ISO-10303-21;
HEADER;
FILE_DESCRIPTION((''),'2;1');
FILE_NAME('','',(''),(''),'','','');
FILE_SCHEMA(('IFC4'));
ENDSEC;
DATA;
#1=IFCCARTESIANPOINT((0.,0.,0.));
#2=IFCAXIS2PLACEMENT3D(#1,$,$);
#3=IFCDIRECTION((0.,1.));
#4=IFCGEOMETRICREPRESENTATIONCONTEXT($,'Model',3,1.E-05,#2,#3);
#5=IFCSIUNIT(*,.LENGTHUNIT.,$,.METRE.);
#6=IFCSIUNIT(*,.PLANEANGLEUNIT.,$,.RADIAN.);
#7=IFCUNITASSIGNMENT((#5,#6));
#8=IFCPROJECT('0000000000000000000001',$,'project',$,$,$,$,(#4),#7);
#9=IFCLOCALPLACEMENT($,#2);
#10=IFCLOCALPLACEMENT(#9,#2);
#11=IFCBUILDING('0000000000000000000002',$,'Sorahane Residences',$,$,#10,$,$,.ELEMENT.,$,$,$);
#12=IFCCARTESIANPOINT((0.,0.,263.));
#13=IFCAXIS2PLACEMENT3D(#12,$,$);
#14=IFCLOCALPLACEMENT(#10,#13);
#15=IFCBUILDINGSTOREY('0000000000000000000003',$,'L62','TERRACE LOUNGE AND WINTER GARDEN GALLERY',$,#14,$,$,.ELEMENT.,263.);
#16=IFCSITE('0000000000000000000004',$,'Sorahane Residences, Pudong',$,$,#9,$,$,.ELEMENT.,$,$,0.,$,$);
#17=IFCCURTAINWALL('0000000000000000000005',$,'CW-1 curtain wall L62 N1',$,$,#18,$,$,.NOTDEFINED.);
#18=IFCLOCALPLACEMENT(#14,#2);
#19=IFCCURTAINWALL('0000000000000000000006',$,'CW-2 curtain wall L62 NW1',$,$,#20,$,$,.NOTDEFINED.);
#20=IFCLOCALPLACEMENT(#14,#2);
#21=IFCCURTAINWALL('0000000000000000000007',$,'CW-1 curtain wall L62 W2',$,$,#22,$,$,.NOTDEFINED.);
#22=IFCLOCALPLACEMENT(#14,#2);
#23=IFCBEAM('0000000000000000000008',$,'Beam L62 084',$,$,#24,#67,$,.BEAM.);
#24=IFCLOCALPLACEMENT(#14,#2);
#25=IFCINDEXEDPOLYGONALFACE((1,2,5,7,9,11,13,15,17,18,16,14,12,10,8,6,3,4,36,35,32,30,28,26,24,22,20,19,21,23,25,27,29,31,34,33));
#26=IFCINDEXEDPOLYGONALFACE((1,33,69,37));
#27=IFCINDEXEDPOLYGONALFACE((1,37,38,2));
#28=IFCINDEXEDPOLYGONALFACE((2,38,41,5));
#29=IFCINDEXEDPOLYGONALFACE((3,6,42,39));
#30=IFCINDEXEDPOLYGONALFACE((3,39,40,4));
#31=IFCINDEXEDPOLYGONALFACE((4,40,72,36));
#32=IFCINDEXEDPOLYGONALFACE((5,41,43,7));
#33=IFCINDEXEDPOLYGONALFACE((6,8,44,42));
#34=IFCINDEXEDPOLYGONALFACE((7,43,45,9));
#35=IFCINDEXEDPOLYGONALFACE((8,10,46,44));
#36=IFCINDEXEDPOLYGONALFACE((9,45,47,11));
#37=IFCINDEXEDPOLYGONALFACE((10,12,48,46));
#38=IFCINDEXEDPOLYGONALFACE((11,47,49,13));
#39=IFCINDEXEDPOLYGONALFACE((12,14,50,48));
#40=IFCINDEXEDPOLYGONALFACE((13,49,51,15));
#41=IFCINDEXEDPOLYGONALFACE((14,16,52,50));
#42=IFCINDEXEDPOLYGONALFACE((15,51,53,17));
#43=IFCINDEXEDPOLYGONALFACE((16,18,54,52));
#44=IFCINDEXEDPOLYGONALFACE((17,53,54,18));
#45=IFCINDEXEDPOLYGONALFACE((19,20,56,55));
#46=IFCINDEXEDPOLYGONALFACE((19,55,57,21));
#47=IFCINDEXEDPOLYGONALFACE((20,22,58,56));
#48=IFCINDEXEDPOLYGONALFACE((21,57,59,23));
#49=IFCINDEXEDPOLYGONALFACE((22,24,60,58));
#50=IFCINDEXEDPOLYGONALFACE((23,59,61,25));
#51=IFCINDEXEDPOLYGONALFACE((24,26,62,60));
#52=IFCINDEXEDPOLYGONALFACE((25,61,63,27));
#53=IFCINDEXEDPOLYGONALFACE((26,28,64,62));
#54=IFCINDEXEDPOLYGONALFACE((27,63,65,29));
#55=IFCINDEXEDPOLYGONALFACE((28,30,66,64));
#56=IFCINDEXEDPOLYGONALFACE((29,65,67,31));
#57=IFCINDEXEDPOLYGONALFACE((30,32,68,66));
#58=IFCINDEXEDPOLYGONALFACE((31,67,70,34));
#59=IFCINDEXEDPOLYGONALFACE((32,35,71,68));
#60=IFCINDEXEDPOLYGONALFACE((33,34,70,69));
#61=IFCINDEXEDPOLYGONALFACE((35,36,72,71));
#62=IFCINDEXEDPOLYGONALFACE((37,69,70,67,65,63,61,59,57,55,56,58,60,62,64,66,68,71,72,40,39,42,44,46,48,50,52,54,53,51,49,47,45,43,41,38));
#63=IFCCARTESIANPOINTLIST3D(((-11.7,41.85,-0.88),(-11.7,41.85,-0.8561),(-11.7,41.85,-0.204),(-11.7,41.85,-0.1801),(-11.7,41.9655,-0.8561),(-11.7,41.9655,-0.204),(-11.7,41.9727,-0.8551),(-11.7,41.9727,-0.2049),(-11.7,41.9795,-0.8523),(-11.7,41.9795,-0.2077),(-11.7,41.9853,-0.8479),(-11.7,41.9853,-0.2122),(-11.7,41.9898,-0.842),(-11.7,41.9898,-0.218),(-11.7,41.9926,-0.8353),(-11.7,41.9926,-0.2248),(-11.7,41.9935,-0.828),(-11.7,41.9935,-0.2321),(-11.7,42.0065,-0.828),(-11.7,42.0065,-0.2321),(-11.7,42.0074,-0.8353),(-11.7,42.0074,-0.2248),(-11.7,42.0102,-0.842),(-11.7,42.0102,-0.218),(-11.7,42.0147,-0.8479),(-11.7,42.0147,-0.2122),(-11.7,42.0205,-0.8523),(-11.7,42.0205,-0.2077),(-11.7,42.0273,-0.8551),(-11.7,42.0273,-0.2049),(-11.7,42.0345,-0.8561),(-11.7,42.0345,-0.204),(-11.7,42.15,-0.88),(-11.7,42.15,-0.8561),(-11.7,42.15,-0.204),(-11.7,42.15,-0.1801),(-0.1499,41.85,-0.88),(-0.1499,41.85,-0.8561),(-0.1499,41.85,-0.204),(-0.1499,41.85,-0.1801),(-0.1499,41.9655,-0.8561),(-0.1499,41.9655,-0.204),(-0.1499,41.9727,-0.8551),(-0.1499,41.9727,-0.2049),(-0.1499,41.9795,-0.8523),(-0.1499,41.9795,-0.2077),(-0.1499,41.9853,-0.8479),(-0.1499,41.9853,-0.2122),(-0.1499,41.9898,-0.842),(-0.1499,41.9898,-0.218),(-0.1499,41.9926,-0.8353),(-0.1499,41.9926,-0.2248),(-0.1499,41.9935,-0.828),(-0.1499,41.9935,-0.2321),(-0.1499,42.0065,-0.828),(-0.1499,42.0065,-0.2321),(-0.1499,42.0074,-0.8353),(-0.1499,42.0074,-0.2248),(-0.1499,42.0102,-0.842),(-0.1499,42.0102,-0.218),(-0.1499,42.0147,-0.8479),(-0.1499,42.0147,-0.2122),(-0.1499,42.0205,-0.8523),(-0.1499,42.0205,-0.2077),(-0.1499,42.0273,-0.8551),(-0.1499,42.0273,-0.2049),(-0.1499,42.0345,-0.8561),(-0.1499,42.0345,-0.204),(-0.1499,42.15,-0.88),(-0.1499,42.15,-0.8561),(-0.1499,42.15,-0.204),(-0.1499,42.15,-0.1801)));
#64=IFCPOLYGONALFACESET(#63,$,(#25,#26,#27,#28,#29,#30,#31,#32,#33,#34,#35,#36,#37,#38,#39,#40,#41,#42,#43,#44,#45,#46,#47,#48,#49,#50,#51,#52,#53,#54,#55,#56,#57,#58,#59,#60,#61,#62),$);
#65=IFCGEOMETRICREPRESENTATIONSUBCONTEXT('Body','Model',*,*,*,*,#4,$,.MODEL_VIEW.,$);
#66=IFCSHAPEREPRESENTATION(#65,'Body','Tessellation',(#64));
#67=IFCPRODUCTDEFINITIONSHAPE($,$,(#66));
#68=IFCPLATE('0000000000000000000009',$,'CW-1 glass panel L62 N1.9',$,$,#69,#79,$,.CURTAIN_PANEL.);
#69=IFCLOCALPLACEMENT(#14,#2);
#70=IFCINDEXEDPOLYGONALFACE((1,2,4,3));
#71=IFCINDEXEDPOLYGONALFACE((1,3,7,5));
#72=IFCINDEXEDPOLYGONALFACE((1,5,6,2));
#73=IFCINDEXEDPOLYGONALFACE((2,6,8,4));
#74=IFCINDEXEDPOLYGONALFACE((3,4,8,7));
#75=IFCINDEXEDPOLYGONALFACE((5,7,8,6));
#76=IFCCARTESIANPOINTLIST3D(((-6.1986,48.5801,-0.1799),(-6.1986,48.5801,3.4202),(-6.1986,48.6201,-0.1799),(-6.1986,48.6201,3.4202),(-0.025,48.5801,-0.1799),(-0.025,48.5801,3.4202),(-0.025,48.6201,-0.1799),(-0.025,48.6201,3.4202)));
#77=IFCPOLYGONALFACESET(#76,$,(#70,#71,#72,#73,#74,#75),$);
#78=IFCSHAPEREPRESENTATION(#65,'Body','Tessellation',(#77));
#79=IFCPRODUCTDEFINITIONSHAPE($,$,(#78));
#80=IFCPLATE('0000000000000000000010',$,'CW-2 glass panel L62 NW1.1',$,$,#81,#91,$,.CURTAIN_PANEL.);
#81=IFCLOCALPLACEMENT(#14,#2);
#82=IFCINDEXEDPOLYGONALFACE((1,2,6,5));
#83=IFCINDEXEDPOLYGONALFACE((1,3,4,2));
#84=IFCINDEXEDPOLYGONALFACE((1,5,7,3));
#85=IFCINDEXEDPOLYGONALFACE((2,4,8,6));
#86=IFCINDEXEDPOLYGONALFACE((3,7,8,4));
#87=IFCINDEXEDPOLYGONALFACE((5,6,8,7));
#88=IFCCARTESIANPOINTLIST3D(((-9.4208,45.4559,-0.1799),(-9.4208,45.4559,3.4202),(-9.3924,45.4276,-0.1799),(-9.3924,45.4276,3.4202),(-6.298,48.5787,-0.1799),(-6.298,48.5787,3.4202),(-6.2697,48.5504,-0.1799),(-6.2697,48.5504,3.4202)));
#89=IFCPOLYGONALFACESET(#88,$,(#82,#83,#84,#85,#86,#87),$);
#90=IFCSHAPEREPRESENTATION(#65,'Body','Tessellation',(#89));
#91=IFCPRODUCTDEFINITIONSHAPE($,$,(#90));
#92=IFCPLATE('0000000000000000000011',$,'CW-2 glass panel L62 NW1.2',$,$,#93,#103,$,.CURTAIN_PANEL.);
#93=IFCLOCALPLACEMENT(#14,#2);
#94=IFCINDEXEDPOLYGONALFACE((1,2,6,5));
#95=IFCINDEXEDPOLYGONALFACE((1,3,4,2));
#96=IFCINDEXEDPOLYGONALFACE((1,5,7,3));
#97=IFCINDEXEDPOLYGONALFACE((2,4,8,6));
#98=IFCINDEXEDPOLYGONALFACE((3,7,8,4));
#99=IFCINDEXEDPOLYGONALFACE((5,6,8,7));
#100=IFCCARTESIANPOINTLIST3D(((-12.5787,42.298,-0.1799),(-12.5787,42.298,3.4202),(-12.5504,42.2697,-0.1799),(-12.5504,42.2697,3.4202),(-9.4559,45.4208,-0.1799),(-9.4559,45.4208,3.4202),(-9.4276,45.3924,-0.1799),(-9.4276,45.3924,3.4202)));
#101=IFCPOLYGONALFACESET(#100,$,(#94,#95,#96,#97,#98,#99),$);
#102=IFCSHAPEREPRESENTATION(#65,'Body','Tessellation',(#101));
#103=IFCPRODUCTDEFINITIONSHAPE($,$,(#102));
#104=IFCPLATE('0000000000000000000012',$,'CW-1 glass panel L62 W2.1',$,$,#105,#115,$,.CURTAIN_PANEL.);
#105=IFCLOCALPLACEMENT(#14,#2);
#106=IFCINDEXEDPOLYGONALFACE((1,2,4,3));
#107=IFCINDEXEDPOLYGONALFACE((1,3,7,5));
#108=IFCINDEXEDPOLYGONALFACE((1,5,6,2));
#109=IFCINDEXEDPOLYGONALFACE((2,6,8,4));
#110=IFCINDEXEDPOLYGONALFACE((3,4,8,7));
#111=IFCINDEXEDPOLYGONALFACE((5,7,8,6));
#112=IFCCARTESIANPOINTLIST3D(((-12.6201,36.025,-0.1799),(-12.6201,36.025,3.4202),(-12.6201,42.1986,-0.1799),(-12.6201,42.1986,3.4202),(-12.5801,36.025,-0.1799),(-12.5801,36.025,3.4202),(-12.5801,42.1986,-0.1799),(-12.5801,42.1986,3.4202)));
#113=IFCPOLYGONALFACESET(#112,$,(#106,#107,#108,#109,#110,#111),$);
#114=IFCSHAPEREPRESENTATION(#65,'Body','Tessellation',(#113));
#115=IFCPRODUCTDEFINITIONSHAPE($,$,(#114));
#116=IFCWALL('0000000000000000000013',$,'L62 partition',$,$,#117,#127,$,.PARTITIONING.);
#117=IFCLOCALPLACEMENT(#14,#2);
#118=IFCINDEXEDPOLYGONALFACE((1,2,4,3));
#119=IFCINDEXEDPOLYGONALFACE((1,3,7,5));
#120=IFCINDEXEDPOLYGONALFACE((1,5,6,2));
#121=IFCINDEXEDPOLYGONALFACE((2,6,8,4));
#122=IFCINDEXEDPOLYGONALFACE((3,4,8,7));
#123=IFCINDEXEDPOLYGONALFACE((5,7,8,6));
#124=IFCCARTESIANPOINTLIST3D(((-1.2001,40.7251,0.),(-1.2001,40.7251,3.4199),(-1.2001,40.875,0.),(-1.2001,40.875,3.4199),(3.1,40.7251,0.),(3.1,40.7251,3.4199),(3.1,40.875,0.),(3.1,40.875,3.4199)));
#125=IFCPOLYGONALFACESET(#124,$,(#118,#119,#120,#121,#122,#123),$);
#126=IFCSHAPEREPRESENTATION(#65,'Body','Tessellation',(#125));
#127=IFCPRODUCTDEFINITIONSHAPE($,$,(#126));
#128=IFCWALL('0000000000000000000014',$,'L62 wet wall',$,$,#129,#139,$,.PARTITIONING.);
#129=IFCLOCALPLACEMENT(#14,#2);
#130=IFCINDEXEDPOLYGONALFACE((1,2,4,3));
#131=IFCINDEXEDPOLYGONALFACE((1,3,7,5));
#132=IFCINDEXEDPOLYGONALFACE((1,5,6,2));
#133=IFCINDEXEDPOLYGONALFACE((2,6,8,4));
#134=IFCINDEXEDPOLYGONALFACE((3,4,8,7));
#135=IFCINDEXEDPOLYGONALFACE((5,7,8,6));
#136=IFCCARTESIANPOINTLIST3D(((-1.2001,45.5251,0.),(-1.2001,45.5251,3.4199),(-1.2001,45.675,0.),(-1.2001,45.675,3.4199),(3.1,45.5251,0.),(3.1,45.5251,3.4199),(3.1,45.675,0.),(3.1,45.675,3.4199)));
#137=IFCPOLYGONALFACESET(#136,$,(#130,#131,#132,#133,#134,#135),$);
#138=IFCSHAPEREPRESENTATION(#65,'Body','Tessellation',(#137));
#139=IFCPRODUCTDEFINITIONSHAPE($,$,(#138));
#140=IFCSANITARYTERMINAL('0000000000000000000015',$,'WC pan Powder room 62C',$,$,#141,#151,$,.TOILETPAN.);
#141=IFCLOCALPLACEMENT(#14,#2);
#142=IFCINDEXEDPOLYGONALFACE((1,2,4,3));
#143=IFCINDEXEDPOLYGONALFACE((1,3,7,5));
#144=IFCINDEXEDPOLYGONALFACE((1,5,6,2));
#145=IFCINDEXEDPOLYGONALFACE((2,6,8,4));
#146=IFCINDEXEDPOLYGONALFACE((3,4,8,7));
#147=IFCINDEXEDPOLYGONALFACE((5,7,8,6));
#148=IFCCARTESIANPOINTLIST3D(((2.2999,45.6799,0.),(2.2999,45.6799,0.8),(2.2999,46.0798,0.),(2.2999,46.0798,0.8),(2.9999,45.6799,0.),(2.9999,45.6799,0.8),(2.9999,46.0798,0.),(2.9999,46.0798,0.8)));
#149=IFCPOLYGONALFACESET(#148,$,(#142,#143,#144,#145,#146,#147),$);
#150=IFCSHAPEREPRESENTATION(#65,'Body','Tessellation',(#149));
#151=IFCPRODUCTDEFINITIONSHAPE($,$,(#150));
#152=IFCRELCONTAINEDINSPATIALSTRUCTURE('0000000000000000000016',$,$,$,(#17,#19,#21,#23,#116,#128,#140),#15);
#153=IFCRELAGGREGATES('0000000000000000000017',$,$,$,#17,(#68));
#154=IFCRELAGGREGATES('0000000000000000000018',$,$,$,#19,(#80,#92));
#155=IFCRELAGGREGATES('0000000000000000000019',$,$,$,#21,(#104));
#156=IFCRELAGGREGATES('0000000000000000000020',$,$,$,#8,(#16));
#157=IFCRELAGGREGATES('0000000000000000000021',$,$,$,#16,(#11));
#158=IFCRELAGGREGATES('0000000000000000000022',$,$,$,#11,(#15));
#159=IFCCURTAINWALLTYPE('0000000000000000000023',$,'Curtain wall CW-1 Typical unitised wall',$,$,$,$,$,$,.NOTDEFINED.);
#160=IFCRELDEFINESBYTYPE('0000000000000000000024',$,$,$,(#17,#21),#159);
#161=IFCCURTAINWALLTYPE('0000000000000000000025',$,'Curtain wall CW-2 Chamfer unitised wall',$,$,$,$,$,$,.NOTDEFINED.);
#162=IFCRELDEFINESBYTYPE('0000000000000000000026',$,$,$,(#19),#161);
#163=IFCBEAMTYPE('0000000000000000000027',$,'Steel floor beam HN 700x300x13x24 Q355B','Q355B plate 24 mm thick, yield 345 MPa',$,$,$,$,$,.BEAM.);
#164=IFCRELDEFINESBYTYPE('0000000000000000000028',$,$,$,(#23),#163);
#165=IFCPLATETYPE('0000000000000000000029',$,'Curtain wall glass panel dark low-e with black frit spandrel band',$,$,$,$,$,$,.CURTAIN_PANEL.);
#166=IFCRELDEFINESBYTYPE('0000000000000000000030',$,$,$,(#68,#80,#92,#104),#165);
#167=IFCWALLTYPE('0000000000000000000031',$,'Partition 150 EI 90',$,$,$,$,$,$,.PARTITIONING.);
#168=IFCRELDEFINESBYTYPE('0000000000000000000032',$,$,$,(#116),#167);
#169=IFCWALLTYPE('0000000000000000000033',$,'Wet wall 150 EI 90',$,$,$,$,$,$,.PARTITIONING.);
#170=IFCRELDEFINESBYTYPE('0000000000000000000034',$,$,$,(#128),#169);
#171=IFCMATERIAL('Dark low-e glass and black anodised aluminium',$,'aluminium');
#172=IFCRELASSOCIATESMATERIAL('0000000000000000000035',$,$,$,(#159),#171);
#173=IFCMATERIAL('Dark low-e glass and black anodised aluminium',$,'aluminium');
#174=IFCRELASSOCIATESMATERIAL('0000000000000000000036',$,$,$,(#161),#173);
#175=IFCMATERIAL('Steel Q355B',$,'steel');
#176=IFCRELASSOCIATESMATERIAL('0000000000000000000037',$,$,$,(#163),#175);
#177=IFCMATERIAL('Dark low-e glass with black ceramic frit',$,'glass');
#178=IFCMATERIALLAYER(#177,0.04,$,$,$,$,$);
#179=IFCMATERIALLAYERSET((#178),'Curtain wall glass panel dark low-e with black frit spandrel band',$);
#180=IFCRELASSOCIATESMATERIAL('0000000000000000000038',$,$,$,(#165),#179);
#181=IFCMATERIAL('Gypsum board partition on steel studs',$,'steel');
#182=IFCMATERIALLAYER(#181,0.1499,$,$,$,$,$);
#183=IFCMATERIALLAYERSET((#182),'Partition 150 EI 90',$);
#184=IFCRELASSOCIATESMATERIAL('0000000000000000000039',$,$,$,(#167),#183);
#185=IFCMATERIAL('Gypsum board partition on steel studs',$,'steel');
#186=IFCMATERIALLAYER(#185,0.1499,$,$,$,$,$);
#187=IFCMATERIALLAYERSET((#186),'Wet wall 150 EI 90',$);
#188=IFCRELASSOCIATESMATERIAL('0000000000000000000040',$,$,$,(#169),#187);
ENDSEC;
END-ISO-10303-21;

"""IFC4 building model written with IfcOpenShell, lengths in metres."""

from ifc_helpers import new_model, si_unit, direction, frame, frame_2d, origin, origin_2d, place, context, subcontext, project, spatial, rectangle, i_section, extrude, material, layer, layer_set, material_profile, profile_set, type_object, element, aggregate, save


model = new_model("IFC4")

# Units and contexts
model_context = context("Model", 3, precision=1e-05, world=origin(), true_north=direction((0.0, 1.0)))
body_context = subcontext(model_context, "Body", "Model", "MODEL_VIEW")
ifc_project = project(units=[si_unit("LENGTHUNIT", "METRE"), si_unit("PLANEANGLEUNIT", "RADIAN")], contexts=[model_context])

# Site, building, storey
site_placement = place(None, origin())
site = spatial("IfcSite", under=ifc_project, at=site_placement, Name="Sorahane Residences, Pudong", CompositionType="ELEMENT", RefElevation=0.0)
building_placement = place(site_placement, origin())
building = spatial("IfcBuilding", under=site, at=building_placement, Name="Sorahane Residences", CompositionType="ELEMENT")
storey_placement = place(building_placement, frame((0.0, 0.0, 263.0)))
storey = spatial("IfcBuildingStorey", under=building, at=storey_placement, Name="L62", Description="TERRACE LOUNGE AND WINTER GARDEN GALLERY", CompositionType="ELEMENT", Elevation=263.0)

# Curtain walls
ifc_material_1 = material(Name="Dark low-e glass and black anodised aluminium", Category="aluminium")
curtain_wall_type_1 = type_object("IfcCurtainWallType", Name="Curtain wall CW-1 Typical unitised wall", PredefinedType="NOTDEFINED", material=ifc_material_1)
curtain_wall_1_placement = place(storey_placement, origin())
curtain_wall_1 = element("IfcCurtainWall", 1, at=curtain_wall_1_placement, inside=storey, type_object=curtain_wall_type_1, Name="CW-1 curtain wall L62 N1", PredefinedType="NOTDEFINED")
ifc_material_2 = material(Name="Dark low-e glass and black anodised aluminium", Category="aluminium")
curtain_wall_type_2 = type_object("IfcCurtainWallType", Name="Curtain wall CW-2 Chamfer unitised wall", PredefinedType="NOTDEFINED", material=ifc_material_2)
curtain_wall_2_placement = place(storey_placement, origin())
curtain_wall_2 = element("IfcCurtainWall", 2, at=curtain_wall_2_placement, inside=storey, type_object=curtain_wall_type_2, Name="CW-2 curtain wall L62 NW1", PredefinedType="NOTDEFINED")

# Curtain wall
curtain_wall_3_placement = place(storey_placement, origin())
curtain_wall_3 = element("IfcCurtainWall", 3, at=curtain_wall_3_placement, inside=storey, type_object=curtain_wall_type_1, Name="CW-1 curtain wall L62 W2", PredefinedType="NOTDEFINED")

# Beam
ifc_material_3 = material(Name="Steel Q355B", Category="steel")
ifc_material_profile_1 = material_profile(ifc_material_3, i_section(OverallWidth=0.3, OverallDepth=0.7, WebThickness=0.0129, FlangeThickness=0.0239, FilletRadius=0.0281, at=origin_2d()), Name="HN 700x300x13x24")
ifc_profile_set_1 = profile_set([ifc_material_profile_1], Name="Steel Q355B")
beam_type_1 = type_object("IfcBeamType", Name="Steel floor beam HN 700x300x13x24 Q355B", Description="Q355B plate 24 mm thick, yield 345 MPa", PredefinedType="BEAM", material=ifc_profile_set_1)
beam_1_placement = place(storey_placement, frame((-11.7, 42.0, -0.53), z_axis=(1.0, 0.0, 0.0), x_axis=(0.0, 1.0, 0.0)))
element("IfcBeam", 4, at=beam_1_placement, inside=storey, type_object=beam_type_1, Name="Beam L62 084", PredefinedType="BEAM", context=body_context, shape_type="SweptSolid", body=[
    extrude(i_section(OverallWidth=0.3, OverallDepth=0.7, WebThickness=0.0129, FlangeThickness=0.0239, FilletRadius=0.0281, at=origin_2d()), origin(), (0.0, 0.0, 1.0), 11.55),
])

# Plates
ifc_material_4 = material(Name="Dark low-e glass with black ceramic frit", Category="glass")
ifc_layer_1 = layer(ifc_material_4, 0.04)
ifc_layer_set_1 = layer_set([ifc_layer_1], Name="Curtain wall glass panel dark low-e with black frit spandrel band")
plate_type = type_object("IfcPlateType", Name="Curtain wall glass panel dark low-e with black frit spandrel band", PredefinedType="CURTAIN_PANEL", material=ifc_layer_set_1)
plate_1_placement = place(storey_placement, frame((-3.1118, 48.6001, -0.1799), z_axis=(0.0, 0.0, 1.0), x_axis=(-1.0, 0.0, 0.0)))
plate_1 = element("IfcPlate", 5, at=plate_1_placement, type_object=plate_type, Name="CW-1 glass panel L62 N1.9", PredefinedType="CURTAIN_PANEL", context=body_context, shape_type="SweptSolid", body=[
    extrude(rectangle(XDim=6.1736, YDim=0.04, at=origin_2d()), origin(), (0.0, 0.0, 1.0), 3.6001),
])
aggregate(curtain_wall_1, [plate_1])
plate_2_placement = place(storey_placement, frame((-7.8452, 47.0032, -0.1799), z_axis=(0.0, 0.0, 1.0), x_axis=(-0.707107, -0.707107, 0.0)))
plate_2 = element("IfcPlate", 6, at=plate_2_placement, type_object=plate_type, Name="CW-2 glass panel L62 NW1.1", PredefinedType="CURTAIN_PANEL", context=body_context, shape_type="SweptSolid", body=[
    extrude(rectangle(XDim=4.4163, YDim=0.04, at=origin_2d()), origin(), (0.0, 0.0, 1.0), 3.6001),
])
plate_3_placement = place(storey_placement, frame((-11.0032, 43.8452, -0.1799), z_axis=(0.0, 0.0, 1.0), x_axis=(-0.707107, -0.707107, 0.0)))
plate_3 = element("IfcPlate", 7, at=plate_3_placement, type_object=plate_type, Name="CW-2 glass panel L62 NW1.2", PredefinedType="CURTAIN_PANEL", context=body_context, shape_type="SweptSolid", body=[
    extrude(rectangle(XDim=4.4163, YDim=0.04, at=origin_2d()), origin(), (0.0, 0.0, 1.0), 3.6001),
])
aggregate(curtain_wall_2, [plate_2, plate_3])
plate_4_placement = place(storey_placement, frame((-12.6001, 39.1118, -0.1799), z_axis=(0.0, 0.0, 1.0), x_axis=(0.0, -1.0, 0.0)))
plate_4 = element("IfcPlate", 8, at=plate_4_placement, type_object=plate_type, Name="CW-1 glass panel L62 W2.1", PredefinedType="CURTAIN_PANEL", context=body_context, shape_type="SweptSolid", body=[
    extrude(rectangle(XDim=6.1736, YDim=0.04, at=origin_2d()), origin(), (0.0, 0.0, 1.0), 3.6001),
])
aggregate(curtain_wall_3, [plate_4])

# Wall
ifc_material_5 = material(Name="Gypsum board partition on steel studs", Category="steel")
ifc_layer_2 = layer(ifc_material_5, 0.1499)
ifc_layer_set_2 = layer_set([ifc_layer_2], Name="Partition 150 EI 90")
wall_type_1 = type_object("IfcWallType", Name="Partition 150 EI 90", PredefinedType="PARTITIONING", material=ifc_layer_set_2)
wall_1_placement = place(storey_placement, frame((-1.2, 40.8, 0.0), z_axis=(0.0, 0.0, 1.0), x_axis=(1.0, 0.0, 0.0)))
element("IfcWall", 9, at=wall_1_placement, inside=storey, type_object=wall_type_1, Name="L62 partition", PredefinedType="PARTITIONING", context=body_context, shape_type="SweptSolid", body=[
    extrude(rectangle(XDim=4.3, YDim=0.1499, at=frame_2d((2.1499, 0.0))), origin(), (0.0, 0.0, 1.0), 3.4199),
])

# Shared definitions
ifc_material_6 = material(Name="Gypsum board partition on steel studs", Category="steel")
ifc_layer_3 = layer(ifc_material_6, 0.1499)
ifc_layer_set_3 = layer_set([ifc_layer_3], Name="Wet wall 150 EI 90")
wall_type_2 = type_object("IfcWallType", Name="Wet wall 150 EI 90", PredefinedType="PARTITIONING", material=ifc_layer_set_3)

# Wall
wall_2_placement = place(storey_placement, frame((-1.2, 45.6001, 0.0), z_axis=(0.0, 0.0, 1.0), x_axis=(1.0, 0.0, 0.0)))
element("IfcWall", 10, at=wall_2_placement, inside=storey, type_object=wall_type_2, Name="L62 wet wall", PredefinedType="PARTITIONING", context=body_context, shape_type="SweptSolid", body=[
    extrude(rectangle(XDim=4.3, YDim=0.1499, at=frame_2d((2.1499, 0.0))), origin(), (0.0, 0.0, 1.0), 3.4199),
])

# Sanitary terminal
sanitary_terminal_placement = place(storey_placement, frame((2.6499, 45.8799, 0.0), z_axis=(0.0, 0.0, 1.0), x_axis=(0.0, -1.0, 0.0)))
element("IfcSanitaryTerminal", 11, at=sanitary_terminal_placement, inside=storey, Name="WC pan Powder room 62C", PredefinedType="TOILETPAN", context=body_context, shape_type="SweptSolid", body=[
    extrude(rectangle(XDim=0.3999, YDim=0.7, at=origin_2d()), origin(), (0.0, 0.0, 1.0), 0.8),
])

save(model, "model.ifc")
